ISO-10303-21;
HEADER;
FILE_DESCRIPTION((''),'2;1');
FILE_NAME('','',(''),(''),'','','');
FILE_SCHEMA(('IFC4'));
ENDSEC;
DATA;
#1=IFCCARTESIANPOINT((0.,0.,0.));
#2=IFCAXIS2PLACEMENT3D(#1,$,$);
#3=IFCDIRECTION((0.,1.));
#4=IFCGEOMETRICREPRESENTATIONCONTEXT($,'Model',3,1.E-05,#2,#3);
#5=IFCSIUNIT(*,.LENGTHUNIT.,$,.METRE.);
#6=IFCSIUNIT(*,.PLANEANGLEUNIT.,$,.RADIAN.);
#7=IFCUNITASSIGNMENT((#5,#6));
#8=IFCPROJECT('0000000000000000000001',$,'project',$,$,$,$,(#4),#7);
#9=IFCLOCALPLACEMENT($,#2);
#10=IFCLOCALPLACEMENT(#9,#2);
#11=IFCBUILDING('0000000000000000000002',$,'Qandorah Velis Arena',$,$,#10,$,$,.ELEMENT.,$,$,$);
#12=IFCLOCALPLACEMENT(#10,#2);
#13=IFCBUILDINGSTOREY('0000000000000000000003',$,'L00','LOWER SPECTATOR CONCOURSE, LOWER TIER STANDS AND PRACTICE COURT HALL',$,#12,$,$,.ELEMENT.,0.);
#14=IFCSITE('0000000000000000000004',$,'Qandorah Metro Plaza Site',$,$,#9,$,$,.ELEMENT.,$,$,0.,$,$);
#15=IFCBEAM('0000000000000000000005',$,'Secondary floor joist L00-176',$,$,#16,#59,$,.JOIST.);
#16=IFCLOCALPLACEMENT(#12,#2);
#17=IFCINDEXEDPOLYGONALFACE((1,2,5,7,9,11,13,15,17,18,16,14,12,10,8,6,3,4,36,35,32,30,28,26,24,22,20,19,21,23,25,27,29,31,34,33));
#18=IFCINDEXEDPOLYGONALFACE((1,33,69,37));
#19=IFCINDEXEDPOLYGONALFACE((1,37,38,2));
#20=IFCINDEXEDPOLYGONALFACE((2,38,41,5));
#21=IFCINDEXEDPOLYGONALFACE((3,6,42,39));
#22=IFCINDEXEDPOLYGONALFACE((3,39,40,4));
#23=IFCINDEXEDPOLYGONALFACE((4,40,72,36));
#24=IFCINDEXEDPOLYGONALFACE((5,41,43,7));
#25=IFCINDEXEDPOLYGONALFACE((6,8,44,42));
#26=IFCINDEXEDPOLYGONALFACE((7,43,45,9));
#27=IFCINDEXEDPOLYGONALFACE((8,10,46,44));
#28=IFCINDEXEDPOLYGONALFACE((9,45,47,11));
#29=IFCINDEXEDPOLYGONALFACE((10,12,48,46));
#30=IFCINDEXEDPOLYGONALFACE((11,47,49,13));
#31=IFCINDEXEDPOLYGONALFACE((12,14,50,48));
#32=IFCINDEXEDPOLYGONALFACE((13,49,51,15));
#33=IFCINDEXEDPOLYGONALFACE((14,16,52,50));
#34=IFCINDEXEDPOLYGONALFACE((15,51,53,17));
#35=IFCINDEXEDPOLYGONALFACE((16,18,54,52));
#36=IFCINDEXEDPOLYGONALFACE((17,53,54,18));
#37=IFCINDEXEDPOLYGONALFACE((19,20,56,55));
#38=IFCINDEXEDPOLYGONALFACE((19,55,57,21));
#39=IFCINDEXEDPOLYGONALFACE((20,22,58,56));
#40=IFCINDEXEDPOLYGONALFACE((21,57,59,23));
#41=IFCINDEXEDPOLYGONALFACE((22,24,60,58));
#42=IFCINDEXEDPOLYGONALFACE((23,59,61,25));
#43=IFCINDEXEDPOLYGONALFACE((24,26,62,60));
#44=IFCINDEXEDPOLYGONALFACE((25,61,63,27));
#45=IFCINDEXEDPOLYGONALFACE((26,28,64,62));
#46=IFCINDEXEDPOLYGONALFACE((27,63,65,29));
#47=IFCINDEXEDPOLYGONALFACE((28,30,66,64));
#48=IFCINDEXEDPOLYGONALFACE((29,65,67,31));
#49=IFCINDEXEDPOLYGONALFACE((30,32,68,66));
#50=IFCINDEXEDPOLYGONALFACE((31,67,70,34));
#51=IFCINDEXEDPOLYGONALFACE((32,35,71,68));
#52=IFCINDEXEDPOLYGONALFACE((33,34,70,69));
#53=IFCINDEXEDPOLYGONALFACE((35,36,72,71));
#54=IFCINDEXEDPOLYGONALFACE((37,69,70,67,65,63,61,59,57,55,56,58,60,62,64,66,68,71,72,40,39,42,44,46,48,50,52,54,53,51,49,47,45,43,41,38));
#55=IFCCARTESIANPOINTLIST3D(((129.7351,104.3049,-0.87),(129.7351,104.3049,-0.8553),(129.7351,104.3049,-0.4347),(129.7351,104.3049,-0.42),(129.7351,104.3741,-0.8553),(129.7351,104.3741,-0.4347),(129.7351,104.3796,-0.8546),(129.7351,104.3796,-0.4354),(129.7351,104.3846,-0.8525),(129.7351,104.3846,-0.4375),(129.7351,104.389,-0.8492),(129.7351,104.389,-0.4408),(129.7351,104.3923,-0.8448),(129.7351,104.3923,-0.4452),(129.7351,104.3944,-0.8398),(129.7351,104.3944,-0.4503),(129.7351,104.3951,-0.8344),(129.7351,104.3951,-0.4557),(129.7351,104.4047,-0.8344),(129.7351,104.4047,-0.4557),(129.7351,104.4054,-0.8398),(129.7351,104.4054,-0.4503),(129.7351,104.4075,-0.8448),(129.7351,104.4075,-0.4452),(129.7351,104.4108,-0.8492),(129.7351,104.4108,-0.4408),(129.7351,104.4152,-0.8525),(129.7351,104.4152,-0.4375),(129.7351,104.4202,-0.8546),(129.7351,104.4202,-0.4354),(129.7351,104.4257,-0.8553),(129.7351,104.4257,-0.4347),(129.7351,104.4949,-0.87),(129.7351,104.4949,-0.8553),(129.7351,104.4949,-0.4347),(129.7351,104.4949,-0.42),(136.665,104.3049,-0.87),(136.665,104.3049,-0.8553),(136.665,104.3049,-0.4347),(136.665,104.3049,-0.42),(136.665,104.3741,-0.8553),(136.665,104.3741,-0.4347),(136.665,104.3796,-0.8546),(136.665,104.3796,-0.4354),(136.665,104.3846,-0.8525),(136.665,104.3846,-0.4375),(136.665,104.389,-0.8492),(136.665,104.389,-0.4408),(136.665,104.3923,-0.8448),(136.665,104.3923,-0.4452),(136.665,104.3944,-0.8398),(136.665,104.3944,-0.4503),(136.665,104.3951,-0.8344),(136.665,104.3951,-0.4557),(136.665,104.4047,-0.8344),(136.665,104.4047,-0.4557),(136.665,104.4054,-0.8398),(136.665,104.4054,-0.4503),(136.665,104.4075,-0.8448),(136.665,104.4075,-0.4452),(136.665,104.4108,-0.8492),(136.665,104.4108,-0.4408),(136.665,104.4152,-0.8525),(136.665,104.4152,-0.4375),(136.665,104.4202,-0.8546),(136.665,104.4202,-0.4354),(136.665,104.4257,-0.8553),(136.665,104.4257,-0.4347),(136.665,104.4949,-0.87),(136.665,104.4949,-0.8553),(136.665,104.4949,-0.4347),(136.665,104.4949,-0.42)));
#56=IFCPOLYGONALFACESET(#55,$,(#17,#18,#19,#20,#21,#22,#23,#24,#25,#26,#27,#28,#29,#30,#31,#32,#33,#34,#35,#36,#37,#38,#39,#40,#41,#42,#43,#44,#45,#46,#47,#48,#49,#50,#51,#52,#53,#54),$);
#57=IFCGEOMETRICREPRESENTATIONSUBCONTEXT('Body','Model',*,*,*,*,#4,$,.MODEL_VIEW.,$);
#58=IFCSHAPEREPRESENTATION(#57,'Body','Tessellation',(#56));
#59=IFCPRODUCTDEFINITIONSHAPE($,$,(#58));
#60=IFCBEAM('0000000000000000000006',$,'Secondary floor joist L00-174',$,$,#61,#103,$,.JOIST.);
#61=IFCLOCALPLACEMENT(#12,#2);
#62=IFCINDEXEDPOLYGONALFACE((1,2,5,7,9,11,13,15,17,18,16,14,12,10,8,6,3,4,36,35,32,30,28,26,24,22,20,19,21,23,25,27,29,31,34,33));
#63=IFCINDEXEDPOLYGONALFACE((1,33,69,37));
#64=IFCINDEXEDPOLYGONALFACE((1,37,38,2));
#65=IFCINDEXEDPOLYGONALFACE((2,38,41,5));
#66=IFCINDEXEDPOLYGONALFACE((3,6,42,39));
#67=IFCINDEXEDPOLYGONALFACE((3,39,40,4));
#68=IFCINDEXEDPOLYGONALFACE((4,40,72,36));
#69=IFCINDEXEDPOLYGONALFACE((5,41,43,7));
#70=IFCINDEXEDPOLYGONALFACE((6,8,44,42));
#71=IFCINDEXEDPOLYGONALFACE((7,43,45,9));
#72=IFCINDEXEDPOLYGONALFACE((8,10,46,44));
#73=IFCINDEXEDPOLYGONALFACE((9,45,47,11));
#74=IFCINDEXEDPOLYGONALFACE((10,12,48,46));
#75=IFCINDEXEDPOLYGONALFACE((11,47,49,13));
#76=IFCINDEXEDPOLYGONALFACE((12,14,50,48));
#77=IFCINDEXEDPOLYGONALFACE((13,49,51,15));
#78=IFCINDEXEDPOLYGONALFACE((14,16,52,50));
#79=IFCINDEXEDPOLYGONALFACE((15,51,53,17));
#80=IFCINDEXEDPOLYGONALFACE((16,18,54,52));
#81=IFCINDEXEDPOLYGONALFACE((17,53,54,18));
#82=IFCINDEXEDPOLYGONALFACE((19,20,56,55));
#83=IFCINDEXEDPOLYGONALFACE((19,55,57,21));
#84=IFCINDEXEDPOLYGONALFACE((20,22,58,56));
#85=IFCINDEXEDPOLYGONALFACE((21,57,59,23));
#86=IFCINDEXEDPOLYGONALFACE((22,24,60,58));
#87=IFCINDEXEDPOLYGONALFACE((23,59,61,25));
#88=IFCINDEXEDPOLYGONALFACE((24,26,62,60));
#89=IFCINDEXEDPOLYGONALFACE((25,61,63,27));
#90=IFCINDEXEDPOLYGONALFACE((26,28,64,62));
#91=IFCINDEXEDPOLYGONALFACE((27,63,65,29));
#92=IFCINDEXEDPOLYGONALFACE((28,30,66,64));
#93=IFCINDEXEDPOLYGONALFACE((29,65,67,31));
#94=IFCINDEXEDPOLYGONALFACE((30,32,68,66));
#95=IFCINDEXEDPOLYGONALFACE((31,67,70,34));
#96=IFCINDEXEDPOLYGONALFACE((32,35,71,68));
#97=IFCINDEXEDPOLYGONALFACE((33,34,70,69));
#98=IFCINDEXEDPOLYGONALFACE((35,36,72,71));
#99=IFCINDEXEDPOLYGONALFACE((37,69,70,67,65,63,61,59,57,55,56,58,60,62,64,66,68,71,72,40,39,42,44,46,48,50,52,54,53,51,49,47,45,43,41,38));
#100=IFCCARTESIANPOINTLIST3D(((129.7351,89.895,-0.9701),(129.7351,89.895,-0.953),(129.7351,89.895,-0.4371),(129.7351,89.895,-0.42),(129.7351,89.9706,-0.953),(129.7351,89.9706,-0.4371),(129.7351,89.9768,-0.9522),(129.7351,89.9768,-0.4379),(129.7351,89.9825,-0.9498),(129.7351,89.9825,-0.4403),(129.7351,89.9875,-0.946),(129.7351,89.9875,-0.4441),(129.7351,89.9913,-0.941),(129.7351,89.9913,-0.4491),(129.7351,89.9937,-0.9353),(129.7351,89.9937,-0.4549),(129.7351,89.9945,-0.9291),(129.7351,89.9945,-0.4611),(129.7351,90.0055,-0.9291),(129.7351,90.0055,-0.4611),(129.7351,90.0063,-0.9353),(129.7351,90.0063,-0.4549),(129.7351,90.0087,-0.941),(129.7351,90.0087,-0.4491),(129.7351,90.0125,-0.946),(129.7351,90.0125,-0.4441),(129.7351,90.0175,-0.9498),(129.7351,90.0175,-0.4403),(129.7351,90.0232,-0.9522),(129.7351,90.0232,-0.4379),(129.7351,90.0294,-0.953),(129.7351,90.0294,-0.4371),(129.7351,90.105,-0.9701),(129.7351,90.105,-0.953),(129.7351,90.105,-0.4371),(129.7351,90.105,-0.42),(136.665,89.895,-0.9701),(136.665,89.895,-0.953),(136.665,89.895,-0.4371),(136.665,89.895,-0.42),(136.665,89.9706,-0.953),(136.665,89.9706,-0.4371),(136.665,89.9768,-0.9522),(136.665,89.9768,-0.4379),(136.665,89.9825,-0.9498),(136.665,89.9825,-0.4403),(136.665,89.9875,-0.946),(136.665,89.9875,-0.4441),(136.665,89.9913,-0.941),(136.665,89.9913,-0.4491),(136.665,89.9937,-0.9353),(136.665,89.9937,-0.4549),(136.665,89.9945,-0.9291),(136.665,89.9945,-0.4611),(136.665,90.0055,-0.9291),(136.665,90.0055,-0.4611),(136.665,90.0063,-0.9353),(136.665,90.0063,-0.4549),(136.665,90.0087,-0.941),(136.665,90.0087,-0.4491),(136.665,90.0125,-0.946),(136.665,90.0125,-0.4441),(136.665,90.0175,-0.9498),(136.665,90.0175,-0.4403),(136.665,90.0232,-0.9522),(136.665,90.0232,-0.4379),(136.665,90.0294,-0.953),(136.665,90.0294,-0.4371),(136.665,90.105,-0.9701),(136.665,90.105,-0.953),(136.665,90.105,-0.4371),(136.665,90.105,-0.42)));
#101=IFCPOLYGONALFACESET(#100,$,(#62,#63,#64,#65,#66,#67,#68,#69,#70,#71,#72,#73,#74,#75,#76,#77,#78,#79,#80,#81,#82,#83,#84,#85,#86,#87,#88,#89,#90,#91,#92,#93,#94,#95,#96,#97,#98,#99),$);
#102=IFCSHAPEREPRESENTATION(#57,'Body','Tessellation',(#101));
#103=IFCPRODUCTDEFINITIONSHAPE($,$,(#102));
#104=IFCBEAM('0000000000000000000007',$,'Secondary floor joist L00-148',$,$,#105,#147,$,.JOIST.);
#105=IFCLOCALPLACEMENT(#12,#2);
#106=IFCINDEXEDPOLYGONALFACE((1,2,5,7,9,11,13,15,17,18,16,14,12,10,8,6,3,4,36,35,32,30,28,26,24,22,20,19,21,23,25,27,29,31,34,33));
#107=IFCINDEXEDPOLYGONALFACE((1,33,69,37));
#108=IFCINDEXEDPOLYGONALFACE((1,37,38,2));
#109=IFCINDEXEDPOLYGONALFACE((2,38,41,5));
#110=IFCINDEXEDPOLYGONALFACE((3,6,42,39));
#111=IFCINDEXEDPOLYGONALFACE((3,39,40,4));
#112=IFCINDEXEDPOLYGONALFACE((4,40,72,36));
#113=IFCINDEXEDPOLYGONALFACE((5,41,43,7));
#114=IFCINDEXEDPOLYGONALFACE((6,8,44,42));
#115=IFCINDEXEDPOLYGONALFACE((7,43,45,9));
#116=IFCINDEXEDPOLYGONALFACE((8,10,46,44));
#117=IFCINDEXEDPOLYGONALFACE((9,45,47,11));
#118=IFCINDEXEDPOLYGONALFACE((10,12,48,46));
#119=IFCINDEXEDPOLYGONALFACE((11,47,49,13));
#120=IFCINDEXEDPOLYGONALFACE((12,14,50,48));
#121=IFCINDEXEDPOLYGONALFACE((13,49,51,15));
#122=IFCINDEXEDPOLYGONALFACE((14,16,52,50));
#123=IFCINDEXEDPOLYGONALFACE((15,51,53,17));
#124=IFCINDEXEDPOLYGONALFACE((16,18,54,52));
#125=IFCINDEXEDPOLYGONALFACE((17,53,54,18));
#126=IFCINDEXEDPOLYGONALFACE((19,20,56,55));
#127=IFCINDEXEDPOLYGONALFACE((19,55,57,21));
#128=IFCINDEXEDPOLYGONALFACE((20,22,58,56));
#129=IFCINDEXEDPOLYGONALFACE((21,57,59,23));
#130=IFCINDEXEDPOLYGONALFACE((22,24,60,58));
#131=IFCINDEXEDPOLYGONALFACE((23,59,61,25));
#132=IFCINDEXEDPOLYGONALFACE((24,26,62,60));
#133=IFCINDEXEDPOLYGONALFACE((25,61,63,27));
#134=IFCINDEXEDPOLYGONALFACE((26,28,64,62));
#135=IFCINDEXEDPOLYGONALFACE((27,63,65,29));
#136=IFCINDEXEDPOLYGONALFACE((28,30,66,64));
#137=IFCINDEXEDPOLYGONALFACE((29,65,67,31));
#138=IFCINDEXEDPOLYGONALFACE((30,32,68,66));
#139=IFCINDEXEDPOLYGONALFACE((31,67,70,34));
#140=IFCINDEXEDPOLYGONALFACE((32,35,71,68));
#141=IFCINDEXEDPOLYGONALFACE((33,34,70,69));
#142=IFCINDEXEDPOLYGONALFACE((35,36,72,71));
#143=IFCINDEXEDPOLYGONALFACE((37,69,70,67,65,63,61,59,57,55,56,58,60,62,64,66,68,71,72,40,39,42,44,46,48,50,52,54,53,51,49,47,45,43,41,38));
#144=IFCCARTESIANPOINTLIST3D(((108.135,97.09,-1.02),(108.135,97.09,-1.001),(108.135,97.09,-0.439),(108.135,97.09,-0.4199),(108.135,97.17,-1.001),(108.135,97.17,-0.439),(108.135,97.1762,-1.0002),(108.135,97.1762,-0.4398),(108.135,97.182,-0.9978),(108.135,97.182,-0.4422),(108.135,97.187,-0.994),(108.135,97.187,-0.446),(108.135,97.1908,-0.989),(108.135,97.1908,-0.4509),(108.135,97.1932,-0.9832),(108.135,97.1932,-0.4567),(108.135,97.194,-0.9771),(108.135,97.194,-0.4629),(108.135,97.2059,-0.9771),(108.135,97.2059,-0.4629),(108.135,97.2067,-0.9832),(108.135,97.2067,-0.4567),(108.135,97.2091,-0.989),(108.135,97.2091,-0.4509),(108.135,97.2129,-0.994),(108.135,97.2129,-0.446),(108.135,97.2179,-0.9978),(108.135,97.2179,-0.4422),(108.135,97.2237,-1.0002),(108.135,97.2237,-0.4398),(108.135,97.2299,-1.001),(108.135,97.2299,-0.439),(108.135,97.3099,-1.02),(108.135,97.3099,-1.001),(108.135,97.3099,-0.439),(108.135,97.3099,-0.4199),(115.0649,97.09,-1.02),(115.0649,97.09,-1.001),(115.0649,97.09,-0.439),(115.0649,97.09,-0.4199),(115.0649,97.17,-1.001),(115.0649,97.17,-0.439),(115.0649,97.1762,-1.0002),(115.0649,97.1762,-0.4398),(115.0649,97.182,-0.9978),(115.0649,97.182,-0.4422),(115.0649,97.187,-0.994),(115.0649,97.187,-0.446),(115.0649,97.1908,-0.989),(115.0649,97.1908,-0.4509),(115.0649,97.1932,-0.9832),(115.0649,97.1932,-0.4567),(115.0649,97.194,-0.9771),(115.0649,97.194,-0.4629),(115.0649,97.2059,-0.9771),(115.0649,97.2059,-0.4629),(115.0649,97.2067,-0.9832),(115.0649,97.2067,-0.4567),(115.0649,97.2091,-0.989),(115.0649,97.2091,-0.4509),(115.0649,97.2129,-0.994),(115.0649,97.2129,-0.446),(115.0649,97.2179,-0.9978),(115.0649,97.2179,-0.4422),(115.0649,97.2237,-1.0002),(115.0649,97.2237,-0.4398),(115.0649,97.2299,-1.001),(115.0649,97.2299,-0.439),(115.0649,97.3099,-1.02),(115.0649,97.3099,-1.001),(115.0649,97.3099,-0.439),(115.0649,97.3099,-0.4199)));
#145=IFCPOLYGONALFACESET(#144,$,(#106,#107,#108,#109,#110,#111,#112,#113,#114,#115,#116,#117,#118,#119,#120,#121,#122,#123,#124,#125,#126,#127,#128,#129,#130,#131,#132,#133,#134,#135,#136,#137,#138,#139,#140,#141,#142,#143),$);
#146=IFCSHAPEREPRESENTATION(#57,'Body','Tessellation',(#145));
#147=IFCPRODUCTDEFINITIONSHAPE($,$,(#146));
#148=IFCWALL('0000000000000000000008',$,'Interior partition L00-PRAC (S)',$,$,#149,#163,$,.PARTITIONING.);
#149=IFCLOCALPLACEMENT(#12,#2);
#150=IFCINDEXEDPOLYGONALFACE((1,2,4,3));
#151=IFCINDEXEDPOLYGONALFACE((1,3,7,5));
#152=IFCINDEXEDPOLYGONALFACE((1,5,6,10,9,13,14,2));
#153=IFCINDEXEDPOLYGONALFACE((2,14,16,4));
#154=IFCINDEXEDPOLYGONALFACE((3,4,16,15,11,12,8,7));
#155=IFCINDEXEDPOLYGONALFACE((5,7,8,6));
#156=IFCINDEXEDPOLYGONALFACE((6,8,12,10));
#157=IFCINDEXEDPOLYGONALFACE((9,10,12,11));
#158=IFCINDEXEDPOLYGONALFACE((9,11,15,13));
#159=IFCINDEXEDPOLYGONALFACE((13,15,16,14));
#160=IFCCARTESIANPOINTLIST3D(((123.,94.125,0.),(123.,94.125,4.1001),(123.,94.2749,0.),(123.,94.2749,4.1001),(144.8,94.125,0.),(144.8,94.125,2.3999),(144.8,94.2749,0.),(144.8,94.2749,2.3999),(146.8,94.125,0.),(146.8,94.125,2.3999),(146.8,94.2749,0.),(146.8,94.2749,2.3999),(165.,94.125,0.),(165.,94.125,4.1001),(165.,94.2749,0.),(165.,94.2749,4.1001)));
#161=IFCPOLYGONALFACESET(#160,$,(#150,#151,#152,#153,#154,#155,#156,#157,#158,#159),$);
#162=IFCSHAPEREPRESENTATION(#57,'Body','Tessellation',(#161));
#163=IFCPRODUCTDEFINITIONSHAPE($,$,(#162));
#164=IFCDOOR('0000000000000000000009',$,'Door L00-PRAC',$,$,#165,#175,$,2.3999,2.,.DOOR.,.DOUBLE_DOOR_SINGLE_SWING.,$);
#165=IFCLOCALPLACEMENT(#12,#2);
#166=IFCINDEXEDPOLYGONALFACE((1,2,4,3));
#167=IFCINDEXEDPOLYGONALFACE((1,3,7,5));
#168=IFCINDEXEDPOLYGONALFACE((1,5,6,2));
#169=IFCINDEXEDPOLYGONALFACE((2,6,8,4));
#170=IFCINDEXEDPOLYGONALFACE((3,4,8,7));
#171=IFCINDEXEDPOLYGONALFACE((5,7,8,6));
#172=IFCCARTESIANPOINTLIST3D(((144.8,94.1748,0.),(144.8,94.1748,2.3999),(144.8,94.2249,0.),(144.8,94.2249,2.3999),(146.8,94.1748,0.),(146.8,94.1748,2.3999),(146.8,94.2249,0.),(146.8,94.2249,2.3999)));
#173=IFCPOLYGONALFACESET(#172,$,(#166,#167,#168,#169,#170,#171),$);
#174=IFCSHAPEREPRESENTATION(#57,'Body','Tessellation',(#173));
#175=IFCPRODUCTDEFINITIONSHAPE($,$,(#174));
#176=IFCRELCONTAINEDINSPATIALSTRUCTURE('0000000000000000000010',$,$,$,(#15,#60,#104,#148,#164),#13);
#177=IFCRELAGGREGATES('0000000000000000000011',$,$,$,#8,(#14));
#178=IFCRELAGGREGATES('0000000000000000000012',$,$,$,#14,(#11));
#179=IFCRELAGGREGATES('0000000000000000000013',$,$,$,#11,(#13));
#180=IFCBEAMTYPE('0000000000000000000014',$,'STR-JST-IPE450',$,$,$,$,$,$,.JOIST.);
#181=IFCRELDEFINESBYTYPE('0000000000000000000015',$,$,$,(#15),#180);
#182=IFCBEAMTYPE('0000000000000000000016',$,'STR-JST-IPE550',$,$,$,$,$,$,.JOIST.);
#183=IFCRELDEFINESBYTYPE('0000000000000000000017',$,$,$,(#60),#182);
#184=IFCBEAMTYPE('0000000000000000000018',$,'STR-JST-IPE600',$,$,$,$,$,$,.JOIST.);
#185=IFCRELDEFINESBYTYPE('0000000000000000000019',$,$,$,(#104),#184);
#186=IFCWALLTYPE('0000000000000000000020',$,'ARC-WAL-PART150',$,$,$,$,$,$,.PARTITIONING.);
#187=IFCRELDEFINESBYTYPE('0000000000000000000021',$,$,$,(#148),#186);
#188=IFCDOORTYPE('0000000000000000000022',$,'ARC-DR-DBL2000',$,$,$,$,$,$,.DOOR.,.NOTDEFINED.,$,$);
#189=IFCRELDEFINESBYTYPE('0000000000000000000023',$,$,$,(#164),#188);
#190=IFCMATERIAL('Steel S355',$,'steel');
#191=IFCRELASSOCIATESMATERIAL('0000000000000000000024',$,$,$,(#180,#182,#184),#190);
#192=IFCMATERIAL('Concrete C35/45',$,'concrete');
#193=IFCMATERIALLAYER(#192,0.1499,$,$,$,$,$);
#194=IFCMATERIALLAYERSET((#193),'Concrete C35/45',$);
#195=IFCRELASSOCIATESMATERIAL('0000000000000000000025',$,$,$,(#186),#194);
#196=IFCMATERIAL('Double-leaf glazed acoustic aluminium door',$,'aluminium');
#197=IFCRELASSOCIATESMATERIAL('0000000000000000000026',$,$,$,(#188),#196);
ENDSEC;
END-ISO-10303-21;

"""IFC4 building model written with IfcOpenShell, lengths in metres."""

from ifc_helpers import new_model, si_unit, direction, frame, frame_2d, origin, origin_2d, place, context, subcontext, project, spatial, rectangle, i_section, extrude, material, layer, layer_set, material_profile, profile_set, type_object, element, fill, save


model = new_model("IFC4")

# Units and contexts
model_context = context("Model", 3, precision=1e-05, world=origin(), true_north=direction((0.0, 1.0)))
body_context = subcontext(model_context, "Body", "Model", "MODEL_VIEW")
ifc_project = project(units=[si_unit("LENGTHUNIT", "METRE"), si_unit("PLANEANGLEUNIT", "RADIAN")], contexts=[model_context])

# Site, building, storey
site_placement = place(None, origin())
site = spatial("IfcSite", under=ifc_project, at=site_placement, Name="Qandorah Metro Plaza Site", CompositionType="ELEMENT", RefElevation=0.0)
building_placement = place(site_placement, origin())
building = spatial("IfcBuilding", under=site, at=building_placement, Name="Qandorah Velis Arena", CompositionType="ELEMENT")
storey_placement = place(building_placement, origin())
storey = spatial("IfcBuildingStorey", under=building, at=storey_placement, Name="L00", Description="LOWER SPECTATOR CONCOURSE, LOWER TIER STANDS AND PRACTICE COURT HALL", CompositionType="ELEMENT", Elevation=0.0)

# Beams
ifc_material_1 = material(Name="Steel S355", Category="steel")
ifc_material_profile_1 = material_profile(ifc_material_1, i_section(OverallWidth=0.1899, OverallDepth=0.45, WebThickness=0.0095, FlangeThickness=0.0146, FilletRadius=0.021, at=origin_2d()), Name="IPE 450")
ifc_profile_set_1 = profile_set([ifc_material_profile_1], Name="Steel S355")
beam_type_1 = type_object("IfcBeamType", Name="STR-JST-IPE450", PredefinedType="JOIST", material=ifc_profile_set_1)
for number, where, z_axis, x_axis, name in (
    (1, (129.7351, 104.3999, -0.645), (1.0, 0.0, 0.0), (0.0, 1.0, 0.0), "Secondary floor joist L00-176"),
):
    element("IfcBeam", number, at=place(storey_placement, frame(where, z_axis=z_axis, x_axis=x_axis)), inside=storey, type_object=beam_type_1, Name=name, PredefinedType="JOIST", context=body_context, shape_type="SweptSolid", body=[
        extrude(i_section(OverallWidth=0.1899, OverallDepth=0.45, WebThickness=0.0095, FlangeThickness=0.0146, FilletRadius=0.021, at=origin_2d()), origin(), (0.0, 0.0, 1.0), 6.9299),
    ])
ifc_material_profile_2 = material_profile(ifc_material_1, i_section(OverallWidth=0.21, OverallDepth=0.55, WebThickness=0.011, FlangeThickness=0.0171, FilletRadius=0.0239, at=origin_2d()), Name="IPE 550")
ifc_profile_set_2 = profile_set([ifc_material_profile_2], Name="Steel S355")
beam_type_2 = type_object("IfcBeamType", Name="STR-JST-IPE550", PredefinedType="JOIST", material=ifc_profile_set_2)
beam_1_placement = place(storey_placement, frame((129.7351, 90.0, -0.6951), z_axis=(1.0, 0.0, 0.0), x_axis=(0.0, 1.0, 0.0)))
element("IfcBeam", 2, at=beam_1_placement, inside=storey, type_object=beam_type_2, Name="Secondary floor joist L00-174", PredefinedType="JOIST", context=body_context, shape_type="SweptSolid", body=[
    extrude(i_section(OverallWidth=0.21, OverallDepth=0.55, WebThickness=0.011, FlangeThickness=0.0171, FilletRadius=0.0239, at=origin_2d()), origin(), (0.0, 0.0, 1.0), 6.9299),
])
ifc_material_profile_3 = material_profile(ifc_material_1, i_section(OverallWidth=0.22, OverallDepth=0.6001, WebThickness=0.012, FlangeThickness=0.019, FilletRadius=0.0239, at=origin_2d()), Name="IPE 600")
ifc_profile_set_3 = profile_set([ifc_material_profile_3], Name="Steel S355")
beam_type_3 = type_object("IfcBeamType", Name="STR-JST-IPE600", PredefinedType="JOIST", material=ifc_profile_set_3)
beam_2_placement = place(storey_placement, frame((108.135, 97.2, -0.72), z_axis=(1.0, 0.0, 0.0), x_axis=(0.0, 1.0, 0.0)))
element("IfcBeam", 3, at=beam_2_placement, inside=storey, type_object=beam_type_3, Name="Secondary floor joist L00-148", PredefinedType="JOIST", context=body_context, shape_type="SweptSolid", body=[
    extrude(i_section(OverallWidth=0.22, OverallDepth=0.6001, WebThickness=0.012, FlangeThickness=0.019, FilletRadius=0.0239, at=origin_2d()), origin(), (0.0, 0.0, 1.0), 6.9299),
])

# Wall, opening, door
ifc_material_2 = material(Name="Concrete C35/45", Category="concrete")
ifc_layer = layer(ifc_material_2, 0.1499)
ifc_layer_set = layer_set([ifc_layer], Name="Concrete C35/45")
wall_type = type_object("IfcWallType", Name="ARC-WAL-PART150", PredefinedType="PARTITIONING", material=ifc_layer_set)
wall_1_placement = place(storey_placement, frame((123.0, 94.2, 0.0), z_axis=(0.0, 0.0, 1.0), x_axis=(1.0, 0.0, 0.0)))
wall_1 = element("IfcWall", 4, at=wall_1_placement, inside=storey, type_object=wall_type, Name="Interior partition L00-PRAC (S)", PredefinedType="PARTITIONING", context=body_context, shape_type="SweptSolid", body=[
    extrude(rectangle(XDim=42.0, YDim=0.1499, at=frame_2d((21.0, 0.0))), origin(), (0.0, 0.0, 1.0), 4.1001),
])
opening_placement = place(wall_1_placement, frame((21.8, 0.0, 0.0)))
opening = element("IfcOpeningElement", 5, at=opening_placement, cuts=wall_1, PredefinedType="OPENING", context=body_context, shape_type="SweptSolid", body=[
    extrude(rectangle(XDim=2.0, YDim=2.3999, at=frame_2d((1.0, 1.2))), frame((0.0, 0.085, 0.0), z_axis=(0.0, -1.0, 0.0), x_axis=(1.0, 0.0, 0.0)), (0.0, 0.0, 1.0), 0.1699),
])
ifc_material_3 = material(Name="Double-leaf glazed acoustic aluminium door", Category="aluminium")
door_type = type_object("IfcDoorType", Name="ARC-DR-DBL2000", OperationType="NOTDEFINED", PredefinedType="DOOR", material=ifc_material_3)
door_placement = place(opening_placement, origin())
door = element("IfcDoor", 6, at=door_placement, inside=storey, type_object=door_type, Name="Door L00-PRAC", OperationType="DOUBLE_DOOR_SINGLE_SWING", OverallHeight=2.3999, OverallWidth=2.0, PredefinedType="DOOR", context=body_context, shape_type="SweptSolid", body=[
    extrude(rectangle(XDim=2.0, YDim=2.3999, at=frame_2d((1.0, 1.2))), frame((0.0, 0.0249, 0.0), z_axis=(0.0, -1.0, 0.0), x_axis=(1.0, 0.0, 0.0)), (0.0, 0.0, 1.0), 0.05),
])
fill(opening, door)

save(model, "model.ifc")
